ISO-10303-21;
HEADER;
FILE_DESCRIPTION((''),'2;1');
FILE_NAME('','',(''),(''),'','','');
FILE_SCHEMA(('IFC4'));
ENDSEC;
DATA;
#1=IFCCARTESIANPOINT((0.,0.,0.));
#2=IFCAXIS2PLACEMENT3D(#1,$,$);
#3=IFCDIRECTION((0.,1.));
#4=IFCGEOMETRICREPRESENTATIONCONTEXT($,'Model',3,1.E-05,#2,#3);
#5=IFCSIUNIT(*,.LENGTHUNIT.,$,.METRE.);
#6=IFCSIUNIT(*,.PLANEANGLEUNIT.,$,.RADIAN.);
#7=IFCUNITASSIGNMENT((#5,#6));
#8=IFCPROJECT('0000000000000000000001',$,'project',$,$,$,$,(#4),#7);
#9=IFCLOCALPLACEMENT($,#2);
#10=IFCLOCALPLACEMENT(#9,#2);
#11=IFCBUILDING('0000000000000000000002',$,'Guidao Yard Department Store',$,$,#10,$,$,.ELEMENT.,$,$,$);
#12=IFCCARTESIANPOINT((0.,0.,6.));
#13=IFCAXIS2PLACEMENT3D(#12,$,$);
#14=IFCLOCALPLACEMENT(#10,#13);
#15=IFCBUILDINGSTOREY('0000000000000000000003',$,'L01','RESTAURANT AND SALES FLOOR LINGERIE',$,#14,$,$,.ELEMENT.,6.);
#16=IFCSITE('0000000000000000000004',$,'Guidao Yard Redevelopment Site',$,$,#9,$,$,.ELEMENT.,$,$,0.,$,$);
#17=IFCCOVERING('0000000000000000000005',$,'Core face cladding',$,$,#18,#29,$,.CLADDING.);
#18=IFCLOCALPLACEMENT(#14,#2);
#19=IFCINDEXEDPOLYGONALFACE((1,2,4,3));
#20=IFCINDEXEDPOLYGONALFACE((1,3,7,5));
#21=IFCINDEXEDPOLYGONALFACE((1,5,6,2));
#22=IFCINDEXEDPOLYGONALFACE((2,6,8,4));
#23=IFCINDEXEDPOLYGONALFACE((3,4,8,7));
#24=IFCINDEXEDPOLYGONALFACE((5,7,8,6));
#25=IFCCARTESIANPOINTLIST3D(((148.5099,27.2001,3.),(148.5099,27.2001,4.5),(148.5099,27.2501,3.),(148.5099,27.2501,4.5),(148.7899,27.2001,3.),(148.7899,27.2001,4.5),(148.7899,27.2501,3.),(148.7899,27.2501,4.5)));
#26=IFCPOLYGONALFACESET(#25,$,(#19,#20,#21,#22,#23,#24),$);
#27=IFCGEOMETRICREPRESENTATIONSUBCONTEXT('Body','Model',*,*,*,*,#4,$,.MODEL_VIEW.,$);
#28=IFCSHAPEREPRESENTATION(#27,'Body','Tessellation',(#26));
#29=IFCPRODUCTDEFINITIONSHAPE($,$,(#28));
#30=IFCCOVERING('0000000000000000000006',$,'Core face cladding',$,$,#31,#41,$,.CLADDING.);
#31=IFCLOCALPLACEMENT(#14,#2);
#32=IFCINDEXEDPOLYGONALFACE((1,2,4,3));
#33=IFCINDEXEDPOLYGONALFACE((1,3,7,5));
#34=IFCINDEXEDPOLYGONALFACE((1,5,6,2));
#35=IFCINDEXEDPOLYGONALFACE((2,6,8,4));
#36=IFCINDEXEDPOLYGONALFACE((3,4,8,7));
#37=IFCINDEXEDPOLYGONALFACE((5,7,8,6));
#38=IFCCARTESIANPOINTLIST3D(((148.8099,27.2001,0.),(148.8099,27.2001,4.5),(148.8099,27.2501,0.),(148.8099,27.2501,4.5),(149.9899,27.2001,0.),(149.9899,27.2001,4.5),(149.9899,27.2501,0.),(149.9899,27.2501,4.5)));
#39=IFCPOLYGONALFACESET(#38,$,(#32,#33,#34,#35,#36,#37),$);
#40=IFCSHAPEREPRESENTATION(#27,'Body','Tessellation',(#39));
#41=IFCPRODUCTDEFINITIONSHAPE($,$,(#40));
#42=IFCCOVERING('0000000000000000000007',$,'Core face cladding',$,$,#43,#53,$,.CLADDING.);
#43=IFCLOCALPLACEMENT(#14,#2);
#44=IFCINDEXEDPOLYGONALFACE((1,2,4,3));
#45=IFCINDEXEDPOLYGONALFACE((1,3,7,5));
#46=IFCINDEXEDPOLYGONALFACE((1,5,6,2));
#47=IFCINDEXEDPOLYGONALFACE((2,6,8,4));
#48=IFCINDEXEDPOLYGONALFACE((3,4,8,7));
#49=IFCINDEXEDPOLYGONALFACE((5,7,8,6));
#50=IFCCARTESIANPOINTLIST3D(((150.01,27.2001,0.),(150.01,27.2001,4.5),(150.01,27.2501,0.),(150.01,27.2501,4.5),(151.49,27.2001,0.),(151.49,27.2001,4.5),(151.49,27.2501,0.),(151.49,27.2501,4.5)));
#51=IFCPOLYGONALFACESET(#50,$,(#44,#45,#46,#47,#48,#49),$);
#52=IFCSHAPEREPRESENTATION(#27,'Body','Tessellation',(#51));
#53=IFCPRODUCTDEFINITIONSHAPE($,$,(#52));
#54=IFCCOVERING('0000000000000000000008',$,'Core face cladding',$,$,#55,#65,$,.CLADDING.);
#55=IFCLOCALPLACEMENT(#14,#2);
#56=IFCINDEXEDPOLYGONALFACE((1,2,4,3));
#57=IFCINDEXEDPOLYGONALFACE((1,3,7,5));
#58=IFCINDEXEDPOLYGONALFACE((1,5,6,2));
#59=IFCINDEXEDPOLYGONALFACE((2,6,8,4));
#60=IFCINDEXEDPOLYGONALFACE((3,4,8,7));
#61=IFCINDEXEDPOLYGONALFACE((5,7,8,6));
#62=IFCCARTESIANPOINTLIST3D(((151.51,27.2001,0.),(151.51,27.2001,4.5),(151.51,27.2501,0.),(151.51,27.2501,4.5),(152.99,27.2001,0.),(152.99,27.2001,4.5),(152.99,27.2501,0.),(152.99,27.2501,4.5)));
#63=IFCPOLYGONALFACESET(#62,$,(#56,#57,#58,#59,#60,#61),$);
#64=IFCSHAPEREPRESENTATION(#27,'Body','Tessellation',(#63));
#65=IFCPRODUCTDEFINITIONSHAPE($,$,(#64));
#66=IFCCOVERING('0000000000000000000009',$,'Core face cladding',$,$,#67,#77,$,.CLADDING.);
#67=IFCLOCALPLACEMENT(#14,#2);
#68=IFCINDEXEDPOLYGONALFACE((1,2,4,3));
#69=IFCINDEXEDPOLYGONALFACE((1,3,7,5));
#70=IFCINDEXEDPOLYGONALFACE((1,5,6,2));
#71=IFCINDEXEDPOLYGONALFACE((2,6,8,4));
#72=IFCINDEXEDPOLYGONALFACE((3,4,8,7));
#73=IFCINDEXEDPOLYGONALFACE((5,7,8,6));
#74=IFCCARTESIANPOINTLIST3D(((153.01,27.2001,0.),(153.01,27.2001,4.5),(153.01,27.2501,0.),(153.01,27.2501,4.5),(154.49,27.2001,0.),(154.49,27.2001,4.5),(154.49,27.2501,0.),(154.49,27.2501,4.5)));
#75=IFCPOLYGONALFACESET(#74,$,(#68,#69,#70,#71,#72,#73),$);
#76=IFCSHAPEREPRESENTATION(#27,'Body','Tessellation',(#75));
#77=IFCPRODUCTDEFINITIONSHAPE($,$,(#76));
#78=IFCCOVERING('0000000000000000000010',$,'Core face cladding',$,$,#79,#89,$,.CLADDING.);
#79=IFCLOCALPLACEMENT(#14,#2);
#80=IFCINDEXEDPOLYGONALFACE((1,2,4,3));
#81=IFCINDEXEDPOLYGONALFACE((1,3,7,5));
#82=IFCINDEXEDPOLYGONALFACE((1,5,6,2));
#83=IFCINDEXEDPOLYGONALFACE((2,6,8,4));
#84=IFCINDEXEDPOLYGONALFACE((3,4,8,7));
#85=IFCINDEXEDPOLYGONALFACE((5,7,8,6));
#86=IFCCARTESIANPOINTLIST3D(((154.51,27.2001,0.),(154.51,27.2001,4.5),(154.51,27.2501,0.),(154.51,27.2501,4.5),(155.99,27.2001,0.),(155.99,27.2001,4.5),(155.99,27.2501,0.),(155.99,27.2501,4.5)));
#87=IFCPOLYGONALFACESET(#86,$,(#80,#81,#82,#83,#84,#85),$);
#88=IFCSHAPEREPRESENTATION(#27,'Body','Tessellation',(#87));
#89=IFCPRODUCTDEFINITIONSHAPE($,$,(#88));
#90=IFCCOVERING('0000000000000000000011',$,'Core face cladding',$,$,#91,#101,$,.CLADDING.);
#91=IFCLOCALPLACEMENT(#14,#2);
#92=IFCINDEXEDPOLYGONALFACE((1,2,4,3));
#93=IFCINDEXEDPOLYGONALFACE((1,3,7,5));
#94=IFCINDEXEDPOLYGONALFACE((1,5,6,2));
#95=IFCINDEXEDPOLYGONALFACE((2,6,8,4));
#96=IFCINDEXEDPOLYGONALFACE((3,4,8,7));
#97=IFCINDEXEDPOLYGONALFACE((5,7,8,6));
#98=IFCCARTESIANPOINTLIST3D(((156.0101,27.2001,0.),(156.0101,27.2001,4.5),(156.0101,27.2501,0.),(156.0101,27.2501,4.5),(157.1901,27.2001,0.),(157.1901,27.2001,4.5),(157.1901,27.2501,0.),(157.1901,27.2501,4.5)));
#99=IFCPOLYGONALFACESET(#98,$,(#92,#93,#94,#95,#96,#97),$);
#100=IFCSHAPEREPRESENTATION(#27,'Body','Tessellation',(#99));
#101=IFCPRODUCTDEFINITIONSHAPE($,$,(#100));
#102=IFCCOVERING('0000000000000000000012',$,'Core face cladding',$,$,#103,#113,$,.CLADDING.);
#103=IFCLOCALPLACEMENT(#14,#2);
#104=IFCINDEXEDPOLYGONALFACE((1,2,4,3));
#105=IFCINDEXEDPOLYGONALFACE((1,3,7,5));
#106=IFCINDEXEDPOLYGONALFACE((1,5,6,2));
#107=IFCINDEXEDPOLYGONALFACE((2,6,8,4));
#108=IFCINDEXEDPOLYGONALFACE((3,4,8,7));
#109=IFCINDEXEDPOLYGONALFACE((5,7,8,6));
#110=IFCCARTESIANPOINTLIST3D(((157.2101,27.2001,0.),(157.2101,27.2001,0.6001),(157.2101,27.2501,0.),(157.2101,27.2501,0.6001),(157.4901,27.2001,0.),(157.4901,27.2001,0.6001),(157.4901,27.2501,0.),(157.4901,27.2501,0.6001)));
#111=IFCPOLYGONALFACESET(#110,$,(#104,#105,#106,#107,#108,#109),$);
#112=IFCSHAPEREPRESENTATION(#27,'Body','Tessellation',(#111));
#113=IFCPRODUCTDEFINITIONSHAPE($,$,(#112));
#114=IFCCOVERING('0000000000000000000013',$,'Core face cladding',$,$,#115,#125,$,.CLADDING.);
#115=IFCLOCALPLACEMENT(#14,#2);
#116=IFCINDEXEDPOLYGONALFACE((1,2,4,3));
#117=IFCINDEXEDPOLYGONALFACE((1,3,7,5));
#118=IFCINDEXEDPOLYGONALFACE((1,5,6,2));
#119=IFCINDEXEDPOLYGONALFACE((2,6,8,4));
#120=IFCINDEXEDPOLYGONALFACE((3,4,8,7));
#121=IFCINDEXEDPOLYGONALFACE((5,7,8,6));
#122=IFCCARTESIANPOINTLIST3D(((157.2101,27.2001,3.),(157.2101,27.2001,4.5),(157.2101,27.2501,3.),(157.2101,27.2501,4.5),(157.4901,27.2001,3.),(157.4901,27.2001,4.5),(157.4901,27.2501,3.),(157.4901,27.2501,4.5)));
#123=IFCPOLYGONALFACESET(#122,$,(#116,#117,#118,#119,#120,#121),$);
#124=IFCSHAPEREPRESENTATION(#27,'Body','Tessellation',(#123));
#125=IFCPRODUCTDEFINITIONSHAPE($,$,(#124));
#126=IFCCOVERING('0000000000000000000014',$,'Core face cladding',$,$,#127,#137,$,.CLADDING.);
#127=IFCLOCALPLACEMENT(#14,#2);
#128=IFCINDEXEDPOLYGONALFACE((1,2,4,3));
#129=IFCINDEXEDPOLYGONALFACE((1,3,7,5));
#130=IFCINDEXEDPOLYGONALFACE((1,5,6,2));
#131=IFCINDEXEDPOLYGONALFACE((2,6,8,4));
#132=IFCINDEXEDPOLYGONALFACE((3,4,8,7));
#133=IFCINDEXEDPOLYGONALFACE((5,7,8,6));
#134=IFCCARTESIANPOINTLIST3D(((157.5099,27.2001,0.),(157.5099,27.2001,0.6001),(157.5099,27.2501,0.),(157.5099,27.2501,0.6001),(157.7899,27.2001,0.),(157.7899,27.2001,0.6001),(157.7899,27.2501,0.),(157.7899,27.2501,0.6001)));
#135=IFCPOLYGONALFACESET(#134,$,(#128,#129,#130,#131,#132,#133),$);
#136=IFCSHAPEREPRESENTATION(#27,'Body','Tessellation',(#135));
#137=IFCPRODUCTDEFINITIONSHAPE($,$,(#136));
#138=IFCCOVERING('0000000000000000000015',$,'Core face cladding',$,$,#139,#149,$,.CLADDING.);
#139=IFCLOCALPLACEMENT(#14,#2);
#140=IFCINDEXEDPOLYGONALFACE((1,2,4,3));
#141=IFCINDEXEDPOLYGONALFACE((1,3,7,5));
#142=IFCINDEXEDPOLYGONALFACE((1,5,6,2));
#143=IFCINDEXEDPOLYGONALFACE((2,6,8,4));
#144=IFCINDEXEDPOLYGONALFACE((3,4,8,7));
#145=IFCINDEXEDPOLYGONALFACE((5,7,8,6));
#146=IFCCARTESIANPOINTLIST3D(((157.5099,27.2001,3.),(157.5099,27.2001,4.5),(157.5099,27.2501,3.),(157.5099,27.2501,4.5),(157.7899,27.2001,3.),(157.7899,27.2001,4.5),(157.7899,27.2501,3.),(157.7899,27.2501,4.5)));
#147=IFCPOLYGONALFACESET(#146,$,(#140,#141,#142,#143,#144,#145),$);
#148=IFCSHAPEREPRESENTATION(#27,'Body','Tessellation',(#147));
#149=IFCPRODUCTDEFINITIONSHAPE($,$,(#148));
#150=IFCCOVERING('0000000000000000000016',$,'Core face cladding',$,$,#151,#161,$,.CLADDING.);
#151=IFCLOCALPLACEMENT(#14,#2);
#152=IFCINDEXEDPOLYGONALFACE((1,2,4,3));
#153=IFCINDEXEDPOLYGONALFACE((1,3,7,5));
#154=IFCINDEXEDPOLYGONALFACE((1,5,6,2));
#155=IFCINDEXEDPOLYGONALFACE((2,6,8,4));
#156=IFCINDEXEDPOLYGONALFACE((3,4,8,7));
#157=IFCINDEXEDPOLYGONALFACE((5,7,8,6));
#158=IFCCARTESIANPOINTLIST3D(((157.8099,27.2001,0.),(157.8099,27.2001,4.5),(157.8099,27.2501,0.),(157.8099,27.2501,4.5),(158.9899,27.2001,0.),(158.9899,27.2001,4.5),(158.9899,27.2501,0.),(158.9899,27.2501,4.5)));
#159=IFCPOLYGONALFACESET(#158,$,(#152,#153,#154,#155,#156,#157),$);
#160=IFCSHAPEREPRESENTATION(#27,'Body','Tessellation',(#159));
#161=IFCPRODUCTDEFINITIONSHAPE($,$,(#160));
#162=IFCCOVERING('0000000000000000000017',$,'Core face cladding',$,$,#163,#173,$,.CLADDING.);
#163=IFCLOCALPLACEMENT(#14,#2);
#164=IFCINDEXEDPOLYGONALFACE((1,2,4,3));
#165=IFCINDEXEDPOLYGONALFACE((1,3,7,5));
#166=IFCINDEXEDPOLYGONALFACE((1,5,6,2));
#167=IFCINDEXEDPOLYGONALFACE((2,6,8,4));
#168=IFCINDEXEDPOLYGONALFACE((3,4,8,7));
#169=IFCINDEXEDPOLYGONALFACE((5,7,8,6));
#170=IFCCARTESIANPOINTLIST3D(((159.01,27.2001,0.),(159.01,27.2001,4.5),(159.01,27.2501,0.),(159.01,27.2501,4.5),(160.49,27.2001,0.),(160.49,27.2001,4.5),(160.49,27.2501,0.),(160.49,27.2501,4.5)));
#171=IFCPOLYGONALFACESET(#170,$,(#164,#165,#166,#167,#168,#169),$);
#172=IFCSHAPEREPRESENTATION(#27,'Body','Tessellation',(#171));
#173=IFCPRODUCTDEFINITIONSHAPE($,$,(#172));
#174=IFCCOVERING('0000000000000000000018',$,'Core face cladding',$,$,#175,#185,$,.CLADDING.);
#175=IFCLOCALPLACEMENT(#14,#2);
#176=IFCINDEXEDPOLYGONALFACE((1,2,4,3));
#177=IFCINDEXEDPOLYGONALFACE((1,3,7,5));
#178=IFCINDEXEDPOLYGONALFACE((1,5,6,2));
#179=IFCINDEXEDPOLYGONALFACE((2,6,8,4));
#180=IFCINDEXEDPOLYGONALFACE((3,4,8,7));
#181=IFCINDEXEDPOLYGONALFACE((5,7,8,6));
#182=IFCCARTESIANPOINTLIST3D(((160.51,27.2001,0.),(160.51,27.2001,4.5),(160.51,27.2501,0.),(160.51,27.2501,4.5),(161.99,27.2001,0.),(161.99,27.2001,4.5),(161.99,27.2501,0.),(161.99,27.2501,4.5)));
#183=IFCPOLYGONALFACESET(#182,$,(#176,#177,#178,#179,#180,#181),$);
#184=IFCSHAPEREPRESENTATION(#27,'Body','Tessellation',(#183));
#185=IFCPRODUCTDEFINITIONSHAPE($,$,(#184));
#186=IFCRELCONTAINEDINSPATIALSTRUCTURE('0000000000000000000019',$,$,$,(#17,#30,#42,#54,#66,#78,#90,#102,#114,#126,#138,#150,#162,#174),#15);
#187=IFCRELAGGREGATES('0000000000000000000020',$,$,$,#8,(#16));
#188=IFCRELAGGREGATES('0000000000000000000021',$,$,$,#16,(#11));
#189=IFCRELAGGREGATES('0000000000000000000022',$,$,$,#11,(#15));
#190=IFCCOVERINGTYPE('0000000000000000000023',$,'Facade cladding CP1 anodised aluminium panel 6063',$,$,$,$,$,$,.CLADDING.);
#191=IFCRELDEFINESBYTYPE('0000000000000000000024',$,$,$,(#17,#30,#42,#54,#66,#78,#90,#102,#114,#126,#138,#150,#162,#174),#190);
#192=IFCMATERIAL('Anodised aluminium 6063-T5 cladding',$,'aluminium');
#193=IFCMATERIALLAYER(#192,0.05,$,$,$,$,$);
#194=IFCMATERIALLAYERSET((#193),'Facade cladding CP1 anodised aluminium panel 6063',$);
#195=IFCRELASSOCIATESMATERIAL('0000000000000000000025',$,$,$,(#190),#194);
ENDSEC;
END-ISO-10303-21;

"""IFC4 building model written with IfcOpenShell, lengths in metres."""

from ifc_helpers import new_model, si_unit, direction, frame, origin, origin_2d, place, context, subcontext, project, spatial, rectangle, extrude, material, layer, layer_set, type_object, element, save


model = new_model("IFC4")

# Units and contexts
model_context = context("Model", 3, precision=1e-05, world=origin(), true_north=direction((0.0, 1.0)))
body_context = subcontext(model_context, "Body", "Model", "MODEL_VIEW")
ifc_project = project(units=[si_unit("LENGTHUNIT", "METRE"), si_unit("PLANEANGLEUNIT", "RADIAN")], contexts=[model_context])

# Site, building, storey
site_placement = place(None, origin())
site = spatial("IfcSite", under=ifc_project, at=site_placement, Name="Guidao Yard Redevelopment Site", CompositionType="ELEMENT", RefElevation=0.0)
building_placement = place(site_placement, origin())
building = spatial("IfcBuilding", under=site, at=building_placement, Name="Guidao Yard Department Store", CompositionType="ELEMENT")
storey_placement = place(building_placement, frame((0.0, 0.0, 6.0)))
storey = spatial("IfcBuildingStorey", under=building, at=storey_placement, Name="L01", Description="RESTAURANT AND SALES FLOOR LINGERIE", CompositionType="ELEMENT", Elevation=6.0)

# Coverings
ifc_material_1 = material(Name="Anodised aluminium 6063-T5 cladding", Category="aluminium")
ifc_layer_1 = layer(ifc_material_1, 0.05)
ifc_layer_set_1 = layer_set([ifc_layer_1], Name="Facade cladding CP1 anodised aluminium panel 6063")
covering_type = type_object("IfcCoveringType", Name="Facade cladding CP1 anodised aluminium panel 6063", PredefinedType="CLADDING", material=ifc_layer_set_1)
covering_1_placement = place(storey_placement, frame((148.6499, 27.2251, 3.0), z_axis=(0.0, 0.0, 1.0), x_axis=(1.0, 0.0, 0.0)))
element("IfcCovering", 1, at=covering_1_placement, inside=storey, type_object=covering_type, Name="Core face cladding", PredefinedType="CLADDING", context=body_context, shape_type="SweptSolid", body=[
    extrude(rectangle(XDim=0.28, YDim=0.05, at=origin_2d()), origin(), (0.0, 0.0, 1.0), 1.5),
])
covering_2_placement = place(storey_placement, frame((149.3999, 27.2251, 0.0), z_axis=(0.0, 0.0, 1.0), x_axis=(1.0, 0.0, 0.0)))
element("IfcCovering", 2, at=covering_2_placement, inside=storey, type_object=covering_type, Name="Core face cladding", PredefinedType="CLADDING", context=body_context, shape_type="SweptSolid", body=[
    extrude(rectangle(XDim=1.1799, YDim=0.05, at=origin_2d()), origin(), (0.0, 0.0, 1.0), 4.5),
])
for number, where, z_axis, x_axis, name in (
    (3, (150.75, 27.2251, 0.0), (0.0, 0.0, 1.0), (1.0, 0.0, 0.0), "Core face cladding"),
    (4, (152.25, 27.2251, 0.0), (0.0, 0.0, 1.0), (1.0, 0.0, 0.0), "Core face cladding"),
    (5, (153.75, 27.2251, 0.0), (0.0, 0.0, 1.0), (1.0, 0.0, 0.0), "Core face cladding"),
    (6, (155.25, 27.2251, 0.0), (0.0, 0.0, 1.0), (1.0, 0.0, 0.0), "Core face cladding"),
):
    element("IfcCovering", number, at=place(storey_placement, frame(where, z_axis=z_axis, x_axis=x_axis)), inside=storey, type_object=covering_type, Name=name, PredefinedType="CLADDING", context=body_context, shape_type="SweptSolid", body=[
        extrude(rectangle(XDim=1.48, YDim=0.05, at=origin_2d()), origin(), (0.0, 0.0, 1.0), 4.5),
    ])
covering_3_placement = place(storey_placement, frame((156.6001, 27.2251, 0.0), z_axis=(0.0, 0.0, 1.0), x_axis=(1.0, 0.0, 0.0)))
element("IfcCovering", 7, at=covering_3_placement, inside=storey, type_object=covering_type, Name="Core face cladding", PredefinedType="CLADDING", context=body_context, shape_type="SweptSolid", body=[
    extrude(rectangle(XDim=1.1799, YDim=0.05, at=origin_2d()), origin(), (0.0, 0.0, 1.0), 4.5),
])
covering_4_placement = place(storey_placement, frame((157.3501, 27.2251, 0.0), z_axis=(0.0, 0.0, 1.0), x_axis=(1.0, 0.0, 0.0)))
element("IfcCovering", 8, at=covering_4_placement, inside=storey, type_object=covering_type, Name="Core face cladding", PredefinedType="CLADDING", context=body_context, shape_type="SweptSolid", body=[
    extrude(rectangle(XDim=0.28, YDim=0.05, at=origin_2d()), origin(), (0.0, 0.0, 1.0), 0.6001),
])
covering_5_placement = place(storey_placement, frame((157.3501, 27.2251, 3.0), z_axis=(0.0, 0.0, 1.0), x_axis=(1.0, 0.0, 0.0)))
element("IfcCovering", 9, at=covering_5_placement, inside=storey, type_object=covering_type, Name="Core face cladding", PredefinedType="CLADDING", context=body_context, shape_type="SweptSolid", body=[
    extrude(rectangle(XDim=0.28, YDim=0.05, at=origin_2d()), origin(), (0.0, 0.0, 1.0), 1.5),
])
covering_6_placement = place(storey_placement, frame((157.6499, 27.2251, 0.0), z_axis=(0.0, 0.0, 1.0), x_axis=(1.0, 0.0, 0.0)))
element("IfcCovering", 10, at=covering_6_placement, inside=storey, type_object=covering_type, Name="Core face cladding", PredefinedType="CLADDING", context=body_context, shape_type="SweptSolid", body=[
    extrude(rectangle(XDim=0.28, YDim=0.05, at=origin_2d()), origin(), (0.0, 0.0, 1.0), 0.6001),
])
covering_7_placement = place(storey_placement, frame((157.6499, 27.2251, 3.0), z_axis=(0.0, 0.0, 1.0), x_axis=(1.0, 0.0, 0.0)))
element("IfcCovering", 11, at=covering_7_placement, inside=storey, type_object=covering_type, Name="Core face cladding", PredefinedType="CLADDING", context=body_context, shape_type="SweptSolid", body=[
    extrude(rectangle(XDim=0.28, YDim=0.05, at=origin_2d()), origin(), (0.0, 0.0, 1.0), 1.5),
])
covering_8_placement = place(storey_placement, frame((158.3999, 27.2251, 0.0), z_axis=(0.0, 0.0, 1.0), x_axis=(1.0, 0.0, 0.0)))
element("IfcCovering", 12, at=covering_8_placement, inside=storey, type_object=covering_type, Name="Core face cladding", PredefinedType="CLADDING", context=body_context, shape_type="SweptSolid", body=[
    extrude(rectangle(XDim=1.1799, YDim=0.05, at=origin_2d()), origin(), (0.0, 0.0, 1.0), 4.5),
])
for number, where, z_axis, x_axis, name in (
    (13, (159.75, 27.2251, 0.0), (0.0, 0.0, 1.0), (1.0, 0.0, 0.0), "Core face cladding"),
    (14, (161.25, 27.2251, 0.0), (0.0, 0.0, 1.0), (1.0, 0.0, 0.0), "Core face cladding"),
):
    element("IfcCovering", number, at=place(storey_placement, frame(where, z_axis=z_axis, x_axis=x_axis)), inside=storey, type_object=covering_type, Name=name, PredefinedType="CLADDING", context=body_context, shape_type="SweptSolid", body=[
        extrude(rectangle(XDim=1.48, YDim=0.05, at=origin_2d()), origin(), (0.0, 0.0, 1.0), 4.5),
    ])

save(model, "model.ifc")
